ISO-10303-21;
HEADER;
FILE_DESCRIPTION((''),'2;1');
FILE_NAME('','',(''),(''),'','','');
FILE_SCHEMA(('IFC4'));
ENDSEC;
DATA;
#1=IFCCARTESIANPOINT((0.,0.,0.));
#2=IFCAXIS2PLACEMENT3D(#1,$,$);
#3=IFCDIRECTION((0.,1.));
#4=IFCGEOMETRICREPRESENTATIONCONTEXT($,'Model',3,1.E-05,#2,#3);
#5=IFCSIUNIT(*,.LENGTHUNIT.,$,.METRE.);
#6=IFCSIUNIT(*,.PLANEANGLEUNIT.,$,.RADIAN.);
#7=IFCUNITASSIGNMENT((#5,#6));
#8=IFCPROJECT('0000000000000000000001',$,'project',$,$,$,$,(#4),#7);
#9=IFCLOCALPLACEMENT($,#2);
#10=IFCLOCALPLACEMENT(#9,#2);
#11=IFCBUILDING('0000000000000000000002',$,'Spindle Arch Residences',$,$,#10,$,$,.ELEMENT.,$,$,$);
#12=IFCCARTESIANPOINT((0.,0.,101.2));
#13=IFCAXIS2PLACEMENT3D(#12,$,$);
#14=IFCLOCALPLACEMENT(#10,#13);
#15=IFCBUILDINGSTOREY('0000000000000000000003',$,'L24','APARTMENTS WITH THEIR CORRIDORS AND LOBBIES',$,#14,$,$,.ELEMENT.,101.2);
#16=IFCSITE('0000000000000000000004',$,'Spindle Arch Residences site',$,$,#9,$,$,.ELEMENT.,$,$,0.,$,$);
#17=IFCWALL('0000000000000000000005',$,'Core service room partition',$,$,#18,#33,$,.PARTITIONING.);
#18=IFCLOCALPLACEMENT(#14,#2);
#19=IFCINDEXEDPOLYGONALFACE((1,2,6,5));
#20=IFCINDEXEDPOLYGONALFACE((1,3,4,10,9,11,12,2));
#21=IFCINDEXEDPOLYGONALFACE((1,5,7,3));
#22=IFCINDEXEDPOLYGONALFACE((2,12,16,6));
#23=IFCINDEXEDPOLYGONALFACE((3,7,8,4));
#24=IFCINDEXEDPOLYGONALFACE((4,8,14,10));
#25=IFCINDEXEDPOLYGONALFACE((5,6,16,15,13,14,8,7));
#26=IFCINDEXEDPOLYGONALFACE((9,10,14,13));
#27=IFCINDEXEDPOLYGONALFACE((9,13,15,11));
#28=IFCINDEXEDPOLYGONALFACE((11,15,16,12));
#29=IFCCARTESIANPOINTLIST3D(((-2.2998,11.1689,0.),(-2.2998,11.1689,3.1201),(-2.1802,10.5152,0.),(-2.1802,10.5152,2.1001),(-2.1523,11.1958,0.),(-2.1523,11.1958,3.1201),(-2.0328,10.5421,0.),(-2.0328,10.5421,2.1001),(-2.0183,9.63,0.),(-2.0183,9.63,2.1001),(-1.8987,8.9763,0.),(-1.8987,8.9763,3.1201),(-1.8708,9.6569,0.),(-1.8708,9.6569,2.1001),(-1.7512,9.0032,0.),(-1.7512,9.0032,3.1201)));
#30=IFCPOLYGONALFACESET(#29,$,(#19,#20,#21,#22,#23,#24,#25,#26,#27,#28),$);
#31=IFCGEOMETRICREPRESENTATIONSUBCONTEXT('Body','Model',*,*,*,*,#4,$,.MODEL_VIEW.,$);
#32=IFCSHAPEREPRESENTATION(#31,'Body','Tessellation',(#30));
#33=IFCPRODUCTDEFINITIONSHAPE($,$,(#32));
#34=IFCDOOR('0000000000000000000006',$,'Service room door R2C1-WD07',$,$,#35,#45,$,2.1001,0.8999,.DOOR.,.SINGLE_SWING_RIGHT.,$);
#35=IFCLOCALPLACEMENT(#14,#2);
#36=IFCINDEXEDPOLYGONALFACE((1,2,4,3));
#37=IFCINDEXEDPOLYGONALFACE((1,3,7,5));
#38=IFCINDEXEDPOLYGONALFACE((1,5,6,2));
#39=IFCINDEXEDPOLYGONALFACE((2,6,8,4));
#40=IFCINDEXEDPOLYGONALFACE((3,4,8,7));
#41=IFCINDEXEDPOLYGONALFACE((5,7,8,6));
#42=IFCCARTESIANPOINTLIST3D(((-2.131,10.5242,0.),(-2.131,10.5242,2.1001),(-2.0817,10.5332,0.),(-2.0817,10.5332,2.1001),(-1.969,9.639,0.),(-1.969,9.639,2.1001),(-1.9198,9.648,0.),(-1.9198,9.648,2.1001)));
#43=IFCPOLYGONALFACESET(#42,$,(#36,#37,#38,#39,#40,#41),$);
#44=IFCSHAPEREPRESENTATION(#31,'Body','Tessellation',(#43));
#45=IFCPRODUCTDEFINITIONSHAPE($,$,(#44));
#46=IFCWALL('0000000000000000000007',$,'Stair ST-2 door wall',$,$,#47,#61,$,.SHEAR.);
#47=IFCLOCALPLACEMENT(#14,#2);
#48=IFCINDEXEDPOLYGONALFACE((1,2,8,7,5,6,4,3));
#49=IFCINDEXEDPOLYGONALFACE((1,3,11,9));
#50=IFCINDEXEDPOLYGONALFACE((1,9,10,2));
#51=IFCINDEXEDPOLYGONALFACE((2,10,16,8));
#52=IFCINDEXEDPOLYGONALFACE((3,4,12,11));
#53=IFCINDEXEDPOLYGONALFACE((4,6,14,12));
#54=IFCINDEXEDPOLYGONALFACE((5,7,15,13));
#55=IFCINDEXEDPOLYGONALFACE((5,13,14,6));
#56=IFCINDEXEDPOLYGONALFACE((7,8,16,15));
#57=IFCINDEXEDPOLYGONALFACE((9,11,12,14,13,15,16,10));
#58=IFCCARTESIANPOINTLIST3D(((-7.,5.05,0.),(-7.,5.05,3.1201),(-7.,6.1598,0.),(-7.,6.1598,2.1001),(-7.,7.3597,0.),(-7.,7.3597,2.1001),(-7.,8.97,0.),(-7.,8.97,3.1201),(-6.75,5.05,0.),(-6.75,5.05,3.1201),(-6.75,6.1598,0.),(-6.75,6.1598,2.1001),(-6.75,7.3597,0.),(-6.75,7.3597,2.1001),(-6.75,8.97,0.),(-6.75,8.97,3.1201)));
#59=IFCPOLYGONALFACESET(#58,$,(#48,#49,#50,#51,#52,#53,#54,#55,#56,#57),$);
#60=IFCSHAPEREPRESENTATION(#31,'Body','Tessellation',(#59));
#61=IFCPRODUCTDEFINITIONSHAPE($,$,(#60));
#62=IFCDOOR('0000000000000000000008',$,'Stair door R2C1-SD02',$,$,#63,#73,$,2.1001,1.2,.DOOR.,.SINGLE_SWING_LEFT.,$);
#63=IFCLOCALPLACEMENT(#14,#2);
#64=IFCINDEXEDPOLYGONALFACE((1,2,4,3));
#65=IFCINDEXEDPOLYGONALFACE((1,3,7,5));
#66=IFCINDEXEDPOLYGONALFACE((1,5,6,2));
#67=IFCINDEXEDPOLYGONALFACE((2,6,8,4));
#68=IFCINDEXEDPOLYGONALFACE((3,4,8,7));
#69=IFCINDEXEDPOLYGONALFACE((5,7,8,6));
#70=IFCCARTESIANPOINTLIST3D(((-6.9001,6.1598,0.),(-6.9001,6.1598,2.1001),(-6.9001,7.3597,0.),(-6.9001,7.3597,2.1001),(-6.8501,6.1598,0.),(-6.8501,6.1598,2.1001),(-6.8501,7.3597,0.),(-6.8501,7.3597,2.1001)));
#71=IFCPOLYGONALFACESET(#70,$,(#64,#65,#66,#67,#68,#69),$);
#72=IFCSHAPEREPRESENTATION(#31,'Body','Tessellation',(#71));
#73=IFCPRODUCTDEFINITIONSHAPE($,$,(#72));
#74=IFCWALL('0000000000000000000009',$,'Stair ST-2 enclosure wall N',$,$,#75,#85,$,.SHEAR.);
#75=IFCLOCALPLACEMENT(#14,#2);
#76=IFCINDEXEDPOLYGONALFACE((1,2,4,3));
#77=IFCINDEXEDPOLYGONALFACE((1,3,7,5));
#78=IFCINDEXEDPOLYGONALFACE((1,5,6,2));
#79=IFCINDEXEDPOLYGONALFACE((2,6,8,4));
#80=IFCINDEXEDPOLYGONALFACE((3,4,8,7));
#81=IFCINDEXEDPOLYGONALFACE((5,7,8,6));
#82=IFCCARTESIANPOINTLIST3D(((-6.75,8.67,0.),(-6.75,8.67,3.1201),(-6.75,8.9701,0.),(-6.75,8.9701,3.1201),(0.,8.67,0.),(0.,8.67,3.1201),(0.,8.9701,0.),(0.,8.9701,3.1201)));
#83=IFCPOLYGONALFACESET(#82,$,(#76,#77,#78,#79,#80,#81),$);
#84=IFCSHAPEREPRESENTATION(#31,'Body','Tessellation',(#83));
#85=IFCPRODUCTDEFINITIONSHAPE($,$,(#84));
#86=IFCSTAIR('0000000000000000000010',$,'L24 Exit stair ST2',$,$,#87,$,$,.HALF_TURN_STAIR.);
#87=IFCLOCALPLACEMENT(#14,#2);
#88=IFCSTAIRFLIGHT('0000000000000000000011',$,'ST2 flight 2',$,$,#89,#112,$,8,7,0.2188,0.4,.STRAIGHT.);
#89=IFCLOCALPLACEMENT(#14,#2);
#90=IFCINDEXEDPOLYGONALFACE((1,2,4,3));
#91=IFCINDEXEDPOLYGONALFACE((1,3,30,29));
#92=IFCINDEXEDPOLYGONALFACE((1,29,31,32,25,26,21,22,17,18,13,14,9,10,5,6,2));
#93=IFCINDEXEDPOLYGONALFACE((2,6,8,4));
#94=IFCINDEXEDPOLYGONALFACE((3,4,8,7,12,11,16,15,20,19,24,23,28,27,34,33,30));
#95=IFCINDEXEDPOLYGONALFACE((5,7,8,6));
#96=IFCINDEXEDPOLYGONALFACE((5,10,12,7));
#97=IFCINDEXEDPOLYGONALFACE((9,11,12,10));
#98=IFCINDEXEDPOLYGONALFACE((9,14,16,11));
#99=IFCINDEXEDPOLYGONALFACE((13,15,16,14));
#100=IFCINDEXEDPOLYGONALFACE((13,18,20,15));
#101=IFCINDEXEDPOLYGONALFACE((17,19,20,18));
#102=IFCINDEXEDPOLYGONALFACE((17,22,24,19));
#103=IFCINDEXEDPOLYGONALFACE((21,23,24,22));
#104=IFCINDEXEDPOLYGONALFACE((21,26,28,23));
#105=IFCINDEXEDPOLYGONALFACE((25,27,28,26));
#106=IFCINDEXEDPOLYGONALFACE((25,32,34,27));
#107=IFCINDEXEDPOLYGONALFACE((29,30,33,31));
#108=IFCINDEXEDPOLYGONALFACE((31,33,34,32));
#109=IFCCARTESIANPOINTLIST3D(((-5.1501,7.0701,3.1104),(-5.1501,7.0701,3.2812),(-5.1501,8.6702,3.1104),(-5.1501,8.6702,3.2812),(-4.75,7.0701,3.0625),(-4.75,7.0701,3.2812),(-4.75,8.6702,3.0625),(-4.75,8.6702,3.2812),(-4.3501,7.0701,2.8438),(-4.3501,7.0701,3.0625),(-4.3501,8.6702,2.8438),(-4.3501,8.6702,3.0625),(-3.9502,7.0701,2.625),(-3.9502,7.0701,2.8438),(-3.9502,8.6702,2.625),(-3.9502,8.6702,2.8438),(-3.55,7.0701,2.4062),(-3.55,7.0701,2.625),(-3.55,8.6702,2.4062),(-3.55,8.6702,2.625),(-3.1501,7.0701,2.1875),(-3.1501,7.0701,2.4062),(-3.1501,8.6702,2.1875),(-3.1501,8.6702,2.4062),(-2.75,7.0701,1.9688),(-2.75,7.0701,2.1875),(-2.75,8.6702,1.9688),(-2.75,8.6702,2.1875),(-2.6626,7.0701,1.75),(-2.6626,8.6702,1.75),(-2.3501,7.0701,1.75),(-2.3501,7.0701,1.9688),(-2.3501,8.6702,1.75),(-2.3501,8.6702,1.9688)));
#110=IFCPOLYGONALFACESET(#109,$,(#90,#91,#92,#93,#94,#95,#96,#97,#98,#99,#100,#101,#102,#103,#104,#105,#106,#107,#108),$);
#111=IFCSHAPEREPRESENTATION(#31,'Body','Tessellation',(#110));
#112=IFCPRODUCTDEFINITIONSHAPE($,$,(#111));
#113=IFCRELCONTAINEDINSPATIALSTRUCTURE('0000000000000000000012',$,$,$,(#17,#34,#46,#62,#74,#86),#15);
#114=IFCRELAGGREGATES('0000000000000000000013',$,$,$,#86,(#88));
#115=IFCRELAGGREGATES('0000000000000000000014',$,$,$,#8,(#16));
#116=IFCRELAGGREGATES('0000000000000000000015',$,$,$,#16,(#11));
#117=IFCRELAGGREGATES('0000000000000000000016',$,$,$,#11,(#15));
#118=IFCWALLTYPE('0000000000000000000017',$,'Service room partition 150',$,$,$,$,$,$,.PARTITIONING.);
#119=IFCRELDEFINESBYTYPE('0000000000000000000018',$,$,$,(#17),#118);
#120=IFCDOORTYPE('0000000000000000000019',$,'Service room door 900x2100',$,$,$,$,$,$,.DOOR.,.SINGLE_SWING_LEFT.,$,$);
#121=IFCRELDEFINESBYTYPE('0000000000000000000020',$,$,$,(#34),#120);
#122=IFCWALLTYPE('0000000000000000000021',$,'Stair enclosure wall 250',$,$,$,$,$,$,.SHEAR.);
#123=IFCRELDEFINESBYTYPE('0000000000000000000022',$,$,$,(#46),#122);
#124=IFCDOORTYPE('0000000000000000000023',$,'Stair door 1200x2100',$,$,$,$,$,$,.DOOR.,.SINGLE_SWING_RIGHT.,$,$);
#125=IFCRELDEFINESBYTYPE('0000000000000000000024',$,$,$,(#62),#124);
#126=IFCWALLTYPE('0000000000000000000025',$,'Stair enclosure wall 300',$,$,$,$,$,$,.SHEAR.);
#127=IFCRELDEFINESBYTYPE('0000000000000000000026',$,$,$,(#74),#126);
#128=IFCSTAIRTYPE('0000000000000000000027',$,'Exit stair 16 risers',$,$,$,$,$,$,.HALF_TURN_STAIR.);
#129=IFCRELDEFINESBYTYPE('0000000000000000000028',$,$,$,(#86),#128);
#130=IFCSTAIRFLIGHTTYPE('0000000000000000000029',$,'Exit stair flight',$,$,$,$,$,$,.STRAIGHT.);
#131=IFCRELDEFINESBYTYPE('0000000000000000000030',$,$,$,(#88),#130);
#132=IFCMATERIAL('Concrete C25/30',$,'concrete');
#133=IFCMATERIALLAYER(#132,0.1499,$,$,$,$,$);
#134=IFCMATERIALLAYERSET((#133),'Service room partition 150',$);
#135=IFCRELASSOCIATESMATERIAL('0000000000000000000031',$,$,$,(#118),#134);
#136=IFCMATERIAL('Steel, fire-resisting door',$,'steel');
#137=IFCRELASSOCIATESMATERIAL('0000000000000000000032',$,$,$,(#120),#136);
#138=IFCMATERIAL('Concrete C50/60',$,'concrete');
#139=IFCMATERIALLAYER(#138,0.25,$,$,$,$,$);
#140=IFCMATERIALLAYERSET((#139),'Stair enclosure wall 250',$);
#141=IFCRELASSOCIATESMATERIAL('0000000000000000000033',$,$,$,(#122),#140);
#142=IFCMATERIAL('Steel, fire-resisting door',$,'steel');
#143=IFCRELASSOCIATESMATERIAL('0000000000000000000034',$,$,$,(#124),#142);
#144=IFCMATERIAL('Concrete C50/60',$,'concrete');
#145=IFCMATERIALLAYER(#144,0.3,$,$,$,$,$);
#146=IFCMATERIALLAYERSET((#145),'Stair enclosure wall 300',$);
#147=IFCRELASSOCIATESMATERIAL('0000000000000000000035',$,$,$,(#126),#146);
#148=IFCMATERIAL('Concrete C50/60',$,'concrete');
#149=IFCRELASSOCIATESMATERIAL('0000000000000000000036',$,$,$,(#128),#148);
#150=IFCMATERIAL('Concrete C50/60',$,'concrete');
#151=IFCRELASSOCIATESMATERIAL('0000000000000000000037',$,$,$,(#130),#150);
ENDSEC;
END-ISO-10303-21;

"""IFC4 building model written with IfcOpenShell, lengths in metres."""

from ifc_helpers import new_model, si_unit, direction, frame, frame_2d, origin, place, context, subcontext, project, spatial, polyline, rectangle, outline, extrude, material, layer, layer_set, type_object, element, fill, aggregate, save


model = new_model("IFC4")

# Units and contexts
model_context = context("Model", 3, precision=1e-05, world=origin(), true_north=direction((0.0, 1.0)))
body_context = subcontext(model_context, "Body", "Model", "MODEL_VIEW")
ifc_project = project(units=[si_unit("LENGTHUNIT", "METRE"), si_unit("PLANEANGLEUNIT", "RADIAN")], contexts=[model_context])

# Site, building, storey
site_placement = place(None, origin())
site = spatial("IfcSite", under=ifc_project, at=site_placement, Name="Spindle Arch Residences site", CompositionType="ELEMENT", RefElevation=0.0)
building_placement = place(site_placement, origin())
building = spatial("IfcBuilding", under=site, at=building_placement, Name="Spindle Arch Residences", CompositionType="ELEMENT")
storey_placement = place(building_placement, frame((0.0, 0.0, 101.2)))
storey = spatial("IfcBuildingStorey", under=building, at=storey_placement, Name="L24", Description="APARTMENTS WITH THEIR CORRIDORS AND LOBBIES", CompositionType="ELEMENT", Elevation=101.2)

# Walls, openings, doors
ifc_material_1 = material(Name="Concrete C25/30", Category="concrete")
ifc_layer_1 = layer(ifc_material_1, 0.1499)
ifc_layer_set_1 = layer_set([ifc_layer_1], Name="Service room partition 150")
wall_type_1 = type_object("IfcWallType", Name="Service room partition 150", PredefinedType="PARTITIONING", material=ifc_layer_set_1)
wall_1_placement = place(storey_placement, frame((-1.825, 8.9897, 0.0), z_axis=(0.0, 0.0, 1.0), x_axis=(-0.179955, 0.983675, 0.0)))
wall_1 = element("IfcWall", 1, at=wall_1_placement, inside=storey, type_object=wall_type_1, Name="Core service room partition", PredefinedType="PARTITIONING", context=body_context, shape_type="SweptSolid", body=[
    extrude(rectangle(XDim=2.229, YDim=0.1499, at=frame_2d((1.1145, 0.0))), origin(), (0.0, 0.0, 1.0), 3.1201),
])
opening_1_placement = place(wall_1_placement, frame((0.6646, 0.0, 0.0)))
opening_1 = element("IfcOpeningElement", 2, at=opening_1_placement, cuts=wall_1, PredefinedType="OPENING", context=body_context, shape_type="SweptSolid", body=[
    extrude(rectangle(XDim=0.8999, YDim=2.1001, at=frame_2d((0.45, 1.05))), frame((0.0, 0.085, 0.0), z_axis=(0.0, -1.0, 0.0), x_axis=(1.0, 0.0, 0.0)), (0.0, 0.0, 1.0), 0.1699),
])
ifc_material_2 = material(Name="Steel, fire-resisting door", Category="steel")
door_type_1 = type_object("IfcDoorType", Name="Service room door 900x2100", OperationType="SINGLE_SWING_LEFT", PredefinedType="DOOR", material=ifc_material_2)
door_1_placement = place(opening_1_placement, origin())
door_1 = element("IfcDoor", 3, at=door_1_placement, inside=storey, type_object=door_type_1, Name="Service room door R2C1-WD07", OperationType="SINGLE_SWING_RIGHT", OverallHeight=2.1001, OverallWidth=0.8999, PredefinedType="DOOR", context=body_context, shape_type="SweptSolid", body=[
    extrude(rectangle(XDim=0.8999, YDim=2.1001, at=frame_2d((0.45, 1.05))), frame((0.0, 0.0249, 0.0), z_axis=(0.0, -1.0, 0.0), x_axis=(1.0, 0.0, 0.0)), (0.0, 0.0, 1.0), 0.05),
])
fill(opening_1, door_1)
ifc_material_3 = material(Name="Concrete C50/60", Category="concrete")
ifc_layer_2 = layer(ifc_material_3, 0.25)
ifc_layer_set_2 = layer_set([ifc_layer_2], Name="Stair enclosure wall 250")
wall_type_2 = type_object("IfcWallType", Name="Stair enclosure wall 250", PredefinedType="SHEAR", material=ifc_layer_set_2)
wall_2_placement = place(storey_placement, frame((-6.875, 8.97, 0.0), z_axis=(0.0, 0.0, 1.0), x_axis=(0.0, -1.0, 0.0)))
wall_2 = element("IfcWall", 4, at=wall_2_placement, inside=storey, type_object=wall_type_2, Name="Stair ST-2 door wall", PredefinedType="SHEAR", context=body_context, shape_type="SweptSolid", body=[
    extrude(rectangle(XDim=3.9199, YDim=0.25, at=frame_2d((1.96, 0.0))), origin(), (0.0, 0.0, 1.0), 3.1201),
])
opening_2_placement = place(wall_2_placement, frame((1.6101, 0.0, 0.0)))
opening_2 = element("IfcOpeningElement", 5, at=opening_2_placement, cuts=wall_2, PredefinedType="OPENING", context=body_context, shape_type="SweptSolid", body=[
    extrude(rectangle(XDim=1.2, YDim=2.1001, at=frame_2d((0.6001, 1.05))), frame((0.0, 0.135, 0.0), z_axis=(0.0, -1.0, 0.0), x_axis=(1.0, 0.0, 0.0)), (0.0, 0.0, 1.0), 0.27),
])
ifc_material_4 = material(Name="Steel, fire-resisting door", Category="steel")
door_type_2 = type_object("IfcDoorType", Name="Stair door 1200x2100", OperationType="SINGLE_SWING_RIGHT", PredefinedType="DOOR", material=ifc_material_4)
door_2_placement = place(opening_2_placement, origin())
door_2 = element("IfcDoor", 6, at=door_2_placement, inside=storey, type_object=door_type_2, Name="Stair door R2C1-SD02", OperationType="SINGLE_SWING_LEFT", OverallHeight=2.1001, OverallWidth=1.2, PredefinedType="DOOR", context=body_context, shape_type="SweptSolid", body=[
    extrude(rectangle(XDim=1.2, YDim=2.1001, at=frame_2d((0.6001, 1.05))), frame((0.0, 0.0249, 0.0), z_axis=(0.0, -1.0, 0.0), x_axis=(1.0, 0.0, 0.0)), (0.0, 0.0, 1.0), 0.05),
])
fill(opening_2, door_2)

# Wall
ifc_material_5 = material(Name="Concrete C50/60", Category="concrete")
ifc_layer_3 = layer(ifc_material_5, 0.3)
ifc_layer_set_3 = layer_set([ifc_layer_3], Name="Stair enclosure wall 300")
wall_type_3 = type_object("IfcWallType", Name="Stair enclosure wall 300", PredefinedType="SHEAR", material=ifc_layer_set_3)
wall_3_placement = place(storey_placement, frame((-6.75, 8.8201, 0.0), z_axis=(0.0, 0.0, 1.0), x_axis=(1.0, 0.0, 0.0)))
element("IfcWall", 7, at=wall_3_placement, inside=storey, type_object=wall_type_3, Name="Stair ST-2 enclosure wall N", PredefinedType="SHEAR", context=body_context, shape_type="SweptSolid", body=[
    extrude(rectangle(XDim=6.75, YDim=0.3, at=frame_2d((3.375, 0.0))), origin(), (0.0, 0.0, 1.0), 3.1201),
])

# Stair, stair flight
ifc_material_6 = material(Name="Concrete C50/60", Category="concrete")
stair_type = type_object("IfcStairType", Name="Exit stair 16 risers", PredefinedType="HALF_TURN_STAIR", material=ifc_material_6)
stair_placement = place(storey_placement, origin())
stair = element("IfcStair", 8, at=stair_placement, inside=storey, type_object=stair_type, Name="L24 Exit stair ST2", PredefinedType="HALF_TURN_STAIR")
ifc_material_7 = material(Name="Concrete C50/60", Category="concrete")
stair_flight_type = type_object("IfcStairFlightType", Name="Exit stair flight", PredefinedType="STRAIGHT", material=ifc_material_7)
stair_flight_placement = place(storey_placement, frame((-2.3501, 7.8701, 1.75), z_axis=(0.0, 0.0, 1.0), x_axis=(-1.0, 0.0, 0.0)))
stair_flight = element("IfcStairFlight", 9, at=stair_flight_placement, type_object=stair_flight_type, Name="ST2 flight 2", NumberOfRisers=8, NumberOfTreads=7, PredefinedType="STRAIGHT", RiserHeight=0.2188, TreadLength=0.4, context=body_context, shape_type="SweptSolid", body=[
    extrude(outline(polyline([(0.0, 0.0), (0.0, 0.2188), (0.3999, 0.2188), (0.3999, 0.4375), (0.8, 0.4375), (0.8, 0.6562), (1.2, 0.6562), (1.2, 0.875), (1.6001, 0.875), (1.6001, 1.0938), (2.0, 1.0938), (2.0, 1.3125), (2.3999, 1.3125), (2.3999, 1.5312), (2.8, 1.5312), (2.8, 1.75), (2.8, 1.3604), (0.3125, 0.0), (0.0, 0.0)])), frame((0.0, 0.8, 0.0), z_axis=(0.0, -1.0, 0.0), x_axis=(1.0, 0.0, 0.0)), (0.0, 0.0, 1.0), 1.6001),
])
aggregate(stair, [stair_flight])

save(model, "model.ifc")
